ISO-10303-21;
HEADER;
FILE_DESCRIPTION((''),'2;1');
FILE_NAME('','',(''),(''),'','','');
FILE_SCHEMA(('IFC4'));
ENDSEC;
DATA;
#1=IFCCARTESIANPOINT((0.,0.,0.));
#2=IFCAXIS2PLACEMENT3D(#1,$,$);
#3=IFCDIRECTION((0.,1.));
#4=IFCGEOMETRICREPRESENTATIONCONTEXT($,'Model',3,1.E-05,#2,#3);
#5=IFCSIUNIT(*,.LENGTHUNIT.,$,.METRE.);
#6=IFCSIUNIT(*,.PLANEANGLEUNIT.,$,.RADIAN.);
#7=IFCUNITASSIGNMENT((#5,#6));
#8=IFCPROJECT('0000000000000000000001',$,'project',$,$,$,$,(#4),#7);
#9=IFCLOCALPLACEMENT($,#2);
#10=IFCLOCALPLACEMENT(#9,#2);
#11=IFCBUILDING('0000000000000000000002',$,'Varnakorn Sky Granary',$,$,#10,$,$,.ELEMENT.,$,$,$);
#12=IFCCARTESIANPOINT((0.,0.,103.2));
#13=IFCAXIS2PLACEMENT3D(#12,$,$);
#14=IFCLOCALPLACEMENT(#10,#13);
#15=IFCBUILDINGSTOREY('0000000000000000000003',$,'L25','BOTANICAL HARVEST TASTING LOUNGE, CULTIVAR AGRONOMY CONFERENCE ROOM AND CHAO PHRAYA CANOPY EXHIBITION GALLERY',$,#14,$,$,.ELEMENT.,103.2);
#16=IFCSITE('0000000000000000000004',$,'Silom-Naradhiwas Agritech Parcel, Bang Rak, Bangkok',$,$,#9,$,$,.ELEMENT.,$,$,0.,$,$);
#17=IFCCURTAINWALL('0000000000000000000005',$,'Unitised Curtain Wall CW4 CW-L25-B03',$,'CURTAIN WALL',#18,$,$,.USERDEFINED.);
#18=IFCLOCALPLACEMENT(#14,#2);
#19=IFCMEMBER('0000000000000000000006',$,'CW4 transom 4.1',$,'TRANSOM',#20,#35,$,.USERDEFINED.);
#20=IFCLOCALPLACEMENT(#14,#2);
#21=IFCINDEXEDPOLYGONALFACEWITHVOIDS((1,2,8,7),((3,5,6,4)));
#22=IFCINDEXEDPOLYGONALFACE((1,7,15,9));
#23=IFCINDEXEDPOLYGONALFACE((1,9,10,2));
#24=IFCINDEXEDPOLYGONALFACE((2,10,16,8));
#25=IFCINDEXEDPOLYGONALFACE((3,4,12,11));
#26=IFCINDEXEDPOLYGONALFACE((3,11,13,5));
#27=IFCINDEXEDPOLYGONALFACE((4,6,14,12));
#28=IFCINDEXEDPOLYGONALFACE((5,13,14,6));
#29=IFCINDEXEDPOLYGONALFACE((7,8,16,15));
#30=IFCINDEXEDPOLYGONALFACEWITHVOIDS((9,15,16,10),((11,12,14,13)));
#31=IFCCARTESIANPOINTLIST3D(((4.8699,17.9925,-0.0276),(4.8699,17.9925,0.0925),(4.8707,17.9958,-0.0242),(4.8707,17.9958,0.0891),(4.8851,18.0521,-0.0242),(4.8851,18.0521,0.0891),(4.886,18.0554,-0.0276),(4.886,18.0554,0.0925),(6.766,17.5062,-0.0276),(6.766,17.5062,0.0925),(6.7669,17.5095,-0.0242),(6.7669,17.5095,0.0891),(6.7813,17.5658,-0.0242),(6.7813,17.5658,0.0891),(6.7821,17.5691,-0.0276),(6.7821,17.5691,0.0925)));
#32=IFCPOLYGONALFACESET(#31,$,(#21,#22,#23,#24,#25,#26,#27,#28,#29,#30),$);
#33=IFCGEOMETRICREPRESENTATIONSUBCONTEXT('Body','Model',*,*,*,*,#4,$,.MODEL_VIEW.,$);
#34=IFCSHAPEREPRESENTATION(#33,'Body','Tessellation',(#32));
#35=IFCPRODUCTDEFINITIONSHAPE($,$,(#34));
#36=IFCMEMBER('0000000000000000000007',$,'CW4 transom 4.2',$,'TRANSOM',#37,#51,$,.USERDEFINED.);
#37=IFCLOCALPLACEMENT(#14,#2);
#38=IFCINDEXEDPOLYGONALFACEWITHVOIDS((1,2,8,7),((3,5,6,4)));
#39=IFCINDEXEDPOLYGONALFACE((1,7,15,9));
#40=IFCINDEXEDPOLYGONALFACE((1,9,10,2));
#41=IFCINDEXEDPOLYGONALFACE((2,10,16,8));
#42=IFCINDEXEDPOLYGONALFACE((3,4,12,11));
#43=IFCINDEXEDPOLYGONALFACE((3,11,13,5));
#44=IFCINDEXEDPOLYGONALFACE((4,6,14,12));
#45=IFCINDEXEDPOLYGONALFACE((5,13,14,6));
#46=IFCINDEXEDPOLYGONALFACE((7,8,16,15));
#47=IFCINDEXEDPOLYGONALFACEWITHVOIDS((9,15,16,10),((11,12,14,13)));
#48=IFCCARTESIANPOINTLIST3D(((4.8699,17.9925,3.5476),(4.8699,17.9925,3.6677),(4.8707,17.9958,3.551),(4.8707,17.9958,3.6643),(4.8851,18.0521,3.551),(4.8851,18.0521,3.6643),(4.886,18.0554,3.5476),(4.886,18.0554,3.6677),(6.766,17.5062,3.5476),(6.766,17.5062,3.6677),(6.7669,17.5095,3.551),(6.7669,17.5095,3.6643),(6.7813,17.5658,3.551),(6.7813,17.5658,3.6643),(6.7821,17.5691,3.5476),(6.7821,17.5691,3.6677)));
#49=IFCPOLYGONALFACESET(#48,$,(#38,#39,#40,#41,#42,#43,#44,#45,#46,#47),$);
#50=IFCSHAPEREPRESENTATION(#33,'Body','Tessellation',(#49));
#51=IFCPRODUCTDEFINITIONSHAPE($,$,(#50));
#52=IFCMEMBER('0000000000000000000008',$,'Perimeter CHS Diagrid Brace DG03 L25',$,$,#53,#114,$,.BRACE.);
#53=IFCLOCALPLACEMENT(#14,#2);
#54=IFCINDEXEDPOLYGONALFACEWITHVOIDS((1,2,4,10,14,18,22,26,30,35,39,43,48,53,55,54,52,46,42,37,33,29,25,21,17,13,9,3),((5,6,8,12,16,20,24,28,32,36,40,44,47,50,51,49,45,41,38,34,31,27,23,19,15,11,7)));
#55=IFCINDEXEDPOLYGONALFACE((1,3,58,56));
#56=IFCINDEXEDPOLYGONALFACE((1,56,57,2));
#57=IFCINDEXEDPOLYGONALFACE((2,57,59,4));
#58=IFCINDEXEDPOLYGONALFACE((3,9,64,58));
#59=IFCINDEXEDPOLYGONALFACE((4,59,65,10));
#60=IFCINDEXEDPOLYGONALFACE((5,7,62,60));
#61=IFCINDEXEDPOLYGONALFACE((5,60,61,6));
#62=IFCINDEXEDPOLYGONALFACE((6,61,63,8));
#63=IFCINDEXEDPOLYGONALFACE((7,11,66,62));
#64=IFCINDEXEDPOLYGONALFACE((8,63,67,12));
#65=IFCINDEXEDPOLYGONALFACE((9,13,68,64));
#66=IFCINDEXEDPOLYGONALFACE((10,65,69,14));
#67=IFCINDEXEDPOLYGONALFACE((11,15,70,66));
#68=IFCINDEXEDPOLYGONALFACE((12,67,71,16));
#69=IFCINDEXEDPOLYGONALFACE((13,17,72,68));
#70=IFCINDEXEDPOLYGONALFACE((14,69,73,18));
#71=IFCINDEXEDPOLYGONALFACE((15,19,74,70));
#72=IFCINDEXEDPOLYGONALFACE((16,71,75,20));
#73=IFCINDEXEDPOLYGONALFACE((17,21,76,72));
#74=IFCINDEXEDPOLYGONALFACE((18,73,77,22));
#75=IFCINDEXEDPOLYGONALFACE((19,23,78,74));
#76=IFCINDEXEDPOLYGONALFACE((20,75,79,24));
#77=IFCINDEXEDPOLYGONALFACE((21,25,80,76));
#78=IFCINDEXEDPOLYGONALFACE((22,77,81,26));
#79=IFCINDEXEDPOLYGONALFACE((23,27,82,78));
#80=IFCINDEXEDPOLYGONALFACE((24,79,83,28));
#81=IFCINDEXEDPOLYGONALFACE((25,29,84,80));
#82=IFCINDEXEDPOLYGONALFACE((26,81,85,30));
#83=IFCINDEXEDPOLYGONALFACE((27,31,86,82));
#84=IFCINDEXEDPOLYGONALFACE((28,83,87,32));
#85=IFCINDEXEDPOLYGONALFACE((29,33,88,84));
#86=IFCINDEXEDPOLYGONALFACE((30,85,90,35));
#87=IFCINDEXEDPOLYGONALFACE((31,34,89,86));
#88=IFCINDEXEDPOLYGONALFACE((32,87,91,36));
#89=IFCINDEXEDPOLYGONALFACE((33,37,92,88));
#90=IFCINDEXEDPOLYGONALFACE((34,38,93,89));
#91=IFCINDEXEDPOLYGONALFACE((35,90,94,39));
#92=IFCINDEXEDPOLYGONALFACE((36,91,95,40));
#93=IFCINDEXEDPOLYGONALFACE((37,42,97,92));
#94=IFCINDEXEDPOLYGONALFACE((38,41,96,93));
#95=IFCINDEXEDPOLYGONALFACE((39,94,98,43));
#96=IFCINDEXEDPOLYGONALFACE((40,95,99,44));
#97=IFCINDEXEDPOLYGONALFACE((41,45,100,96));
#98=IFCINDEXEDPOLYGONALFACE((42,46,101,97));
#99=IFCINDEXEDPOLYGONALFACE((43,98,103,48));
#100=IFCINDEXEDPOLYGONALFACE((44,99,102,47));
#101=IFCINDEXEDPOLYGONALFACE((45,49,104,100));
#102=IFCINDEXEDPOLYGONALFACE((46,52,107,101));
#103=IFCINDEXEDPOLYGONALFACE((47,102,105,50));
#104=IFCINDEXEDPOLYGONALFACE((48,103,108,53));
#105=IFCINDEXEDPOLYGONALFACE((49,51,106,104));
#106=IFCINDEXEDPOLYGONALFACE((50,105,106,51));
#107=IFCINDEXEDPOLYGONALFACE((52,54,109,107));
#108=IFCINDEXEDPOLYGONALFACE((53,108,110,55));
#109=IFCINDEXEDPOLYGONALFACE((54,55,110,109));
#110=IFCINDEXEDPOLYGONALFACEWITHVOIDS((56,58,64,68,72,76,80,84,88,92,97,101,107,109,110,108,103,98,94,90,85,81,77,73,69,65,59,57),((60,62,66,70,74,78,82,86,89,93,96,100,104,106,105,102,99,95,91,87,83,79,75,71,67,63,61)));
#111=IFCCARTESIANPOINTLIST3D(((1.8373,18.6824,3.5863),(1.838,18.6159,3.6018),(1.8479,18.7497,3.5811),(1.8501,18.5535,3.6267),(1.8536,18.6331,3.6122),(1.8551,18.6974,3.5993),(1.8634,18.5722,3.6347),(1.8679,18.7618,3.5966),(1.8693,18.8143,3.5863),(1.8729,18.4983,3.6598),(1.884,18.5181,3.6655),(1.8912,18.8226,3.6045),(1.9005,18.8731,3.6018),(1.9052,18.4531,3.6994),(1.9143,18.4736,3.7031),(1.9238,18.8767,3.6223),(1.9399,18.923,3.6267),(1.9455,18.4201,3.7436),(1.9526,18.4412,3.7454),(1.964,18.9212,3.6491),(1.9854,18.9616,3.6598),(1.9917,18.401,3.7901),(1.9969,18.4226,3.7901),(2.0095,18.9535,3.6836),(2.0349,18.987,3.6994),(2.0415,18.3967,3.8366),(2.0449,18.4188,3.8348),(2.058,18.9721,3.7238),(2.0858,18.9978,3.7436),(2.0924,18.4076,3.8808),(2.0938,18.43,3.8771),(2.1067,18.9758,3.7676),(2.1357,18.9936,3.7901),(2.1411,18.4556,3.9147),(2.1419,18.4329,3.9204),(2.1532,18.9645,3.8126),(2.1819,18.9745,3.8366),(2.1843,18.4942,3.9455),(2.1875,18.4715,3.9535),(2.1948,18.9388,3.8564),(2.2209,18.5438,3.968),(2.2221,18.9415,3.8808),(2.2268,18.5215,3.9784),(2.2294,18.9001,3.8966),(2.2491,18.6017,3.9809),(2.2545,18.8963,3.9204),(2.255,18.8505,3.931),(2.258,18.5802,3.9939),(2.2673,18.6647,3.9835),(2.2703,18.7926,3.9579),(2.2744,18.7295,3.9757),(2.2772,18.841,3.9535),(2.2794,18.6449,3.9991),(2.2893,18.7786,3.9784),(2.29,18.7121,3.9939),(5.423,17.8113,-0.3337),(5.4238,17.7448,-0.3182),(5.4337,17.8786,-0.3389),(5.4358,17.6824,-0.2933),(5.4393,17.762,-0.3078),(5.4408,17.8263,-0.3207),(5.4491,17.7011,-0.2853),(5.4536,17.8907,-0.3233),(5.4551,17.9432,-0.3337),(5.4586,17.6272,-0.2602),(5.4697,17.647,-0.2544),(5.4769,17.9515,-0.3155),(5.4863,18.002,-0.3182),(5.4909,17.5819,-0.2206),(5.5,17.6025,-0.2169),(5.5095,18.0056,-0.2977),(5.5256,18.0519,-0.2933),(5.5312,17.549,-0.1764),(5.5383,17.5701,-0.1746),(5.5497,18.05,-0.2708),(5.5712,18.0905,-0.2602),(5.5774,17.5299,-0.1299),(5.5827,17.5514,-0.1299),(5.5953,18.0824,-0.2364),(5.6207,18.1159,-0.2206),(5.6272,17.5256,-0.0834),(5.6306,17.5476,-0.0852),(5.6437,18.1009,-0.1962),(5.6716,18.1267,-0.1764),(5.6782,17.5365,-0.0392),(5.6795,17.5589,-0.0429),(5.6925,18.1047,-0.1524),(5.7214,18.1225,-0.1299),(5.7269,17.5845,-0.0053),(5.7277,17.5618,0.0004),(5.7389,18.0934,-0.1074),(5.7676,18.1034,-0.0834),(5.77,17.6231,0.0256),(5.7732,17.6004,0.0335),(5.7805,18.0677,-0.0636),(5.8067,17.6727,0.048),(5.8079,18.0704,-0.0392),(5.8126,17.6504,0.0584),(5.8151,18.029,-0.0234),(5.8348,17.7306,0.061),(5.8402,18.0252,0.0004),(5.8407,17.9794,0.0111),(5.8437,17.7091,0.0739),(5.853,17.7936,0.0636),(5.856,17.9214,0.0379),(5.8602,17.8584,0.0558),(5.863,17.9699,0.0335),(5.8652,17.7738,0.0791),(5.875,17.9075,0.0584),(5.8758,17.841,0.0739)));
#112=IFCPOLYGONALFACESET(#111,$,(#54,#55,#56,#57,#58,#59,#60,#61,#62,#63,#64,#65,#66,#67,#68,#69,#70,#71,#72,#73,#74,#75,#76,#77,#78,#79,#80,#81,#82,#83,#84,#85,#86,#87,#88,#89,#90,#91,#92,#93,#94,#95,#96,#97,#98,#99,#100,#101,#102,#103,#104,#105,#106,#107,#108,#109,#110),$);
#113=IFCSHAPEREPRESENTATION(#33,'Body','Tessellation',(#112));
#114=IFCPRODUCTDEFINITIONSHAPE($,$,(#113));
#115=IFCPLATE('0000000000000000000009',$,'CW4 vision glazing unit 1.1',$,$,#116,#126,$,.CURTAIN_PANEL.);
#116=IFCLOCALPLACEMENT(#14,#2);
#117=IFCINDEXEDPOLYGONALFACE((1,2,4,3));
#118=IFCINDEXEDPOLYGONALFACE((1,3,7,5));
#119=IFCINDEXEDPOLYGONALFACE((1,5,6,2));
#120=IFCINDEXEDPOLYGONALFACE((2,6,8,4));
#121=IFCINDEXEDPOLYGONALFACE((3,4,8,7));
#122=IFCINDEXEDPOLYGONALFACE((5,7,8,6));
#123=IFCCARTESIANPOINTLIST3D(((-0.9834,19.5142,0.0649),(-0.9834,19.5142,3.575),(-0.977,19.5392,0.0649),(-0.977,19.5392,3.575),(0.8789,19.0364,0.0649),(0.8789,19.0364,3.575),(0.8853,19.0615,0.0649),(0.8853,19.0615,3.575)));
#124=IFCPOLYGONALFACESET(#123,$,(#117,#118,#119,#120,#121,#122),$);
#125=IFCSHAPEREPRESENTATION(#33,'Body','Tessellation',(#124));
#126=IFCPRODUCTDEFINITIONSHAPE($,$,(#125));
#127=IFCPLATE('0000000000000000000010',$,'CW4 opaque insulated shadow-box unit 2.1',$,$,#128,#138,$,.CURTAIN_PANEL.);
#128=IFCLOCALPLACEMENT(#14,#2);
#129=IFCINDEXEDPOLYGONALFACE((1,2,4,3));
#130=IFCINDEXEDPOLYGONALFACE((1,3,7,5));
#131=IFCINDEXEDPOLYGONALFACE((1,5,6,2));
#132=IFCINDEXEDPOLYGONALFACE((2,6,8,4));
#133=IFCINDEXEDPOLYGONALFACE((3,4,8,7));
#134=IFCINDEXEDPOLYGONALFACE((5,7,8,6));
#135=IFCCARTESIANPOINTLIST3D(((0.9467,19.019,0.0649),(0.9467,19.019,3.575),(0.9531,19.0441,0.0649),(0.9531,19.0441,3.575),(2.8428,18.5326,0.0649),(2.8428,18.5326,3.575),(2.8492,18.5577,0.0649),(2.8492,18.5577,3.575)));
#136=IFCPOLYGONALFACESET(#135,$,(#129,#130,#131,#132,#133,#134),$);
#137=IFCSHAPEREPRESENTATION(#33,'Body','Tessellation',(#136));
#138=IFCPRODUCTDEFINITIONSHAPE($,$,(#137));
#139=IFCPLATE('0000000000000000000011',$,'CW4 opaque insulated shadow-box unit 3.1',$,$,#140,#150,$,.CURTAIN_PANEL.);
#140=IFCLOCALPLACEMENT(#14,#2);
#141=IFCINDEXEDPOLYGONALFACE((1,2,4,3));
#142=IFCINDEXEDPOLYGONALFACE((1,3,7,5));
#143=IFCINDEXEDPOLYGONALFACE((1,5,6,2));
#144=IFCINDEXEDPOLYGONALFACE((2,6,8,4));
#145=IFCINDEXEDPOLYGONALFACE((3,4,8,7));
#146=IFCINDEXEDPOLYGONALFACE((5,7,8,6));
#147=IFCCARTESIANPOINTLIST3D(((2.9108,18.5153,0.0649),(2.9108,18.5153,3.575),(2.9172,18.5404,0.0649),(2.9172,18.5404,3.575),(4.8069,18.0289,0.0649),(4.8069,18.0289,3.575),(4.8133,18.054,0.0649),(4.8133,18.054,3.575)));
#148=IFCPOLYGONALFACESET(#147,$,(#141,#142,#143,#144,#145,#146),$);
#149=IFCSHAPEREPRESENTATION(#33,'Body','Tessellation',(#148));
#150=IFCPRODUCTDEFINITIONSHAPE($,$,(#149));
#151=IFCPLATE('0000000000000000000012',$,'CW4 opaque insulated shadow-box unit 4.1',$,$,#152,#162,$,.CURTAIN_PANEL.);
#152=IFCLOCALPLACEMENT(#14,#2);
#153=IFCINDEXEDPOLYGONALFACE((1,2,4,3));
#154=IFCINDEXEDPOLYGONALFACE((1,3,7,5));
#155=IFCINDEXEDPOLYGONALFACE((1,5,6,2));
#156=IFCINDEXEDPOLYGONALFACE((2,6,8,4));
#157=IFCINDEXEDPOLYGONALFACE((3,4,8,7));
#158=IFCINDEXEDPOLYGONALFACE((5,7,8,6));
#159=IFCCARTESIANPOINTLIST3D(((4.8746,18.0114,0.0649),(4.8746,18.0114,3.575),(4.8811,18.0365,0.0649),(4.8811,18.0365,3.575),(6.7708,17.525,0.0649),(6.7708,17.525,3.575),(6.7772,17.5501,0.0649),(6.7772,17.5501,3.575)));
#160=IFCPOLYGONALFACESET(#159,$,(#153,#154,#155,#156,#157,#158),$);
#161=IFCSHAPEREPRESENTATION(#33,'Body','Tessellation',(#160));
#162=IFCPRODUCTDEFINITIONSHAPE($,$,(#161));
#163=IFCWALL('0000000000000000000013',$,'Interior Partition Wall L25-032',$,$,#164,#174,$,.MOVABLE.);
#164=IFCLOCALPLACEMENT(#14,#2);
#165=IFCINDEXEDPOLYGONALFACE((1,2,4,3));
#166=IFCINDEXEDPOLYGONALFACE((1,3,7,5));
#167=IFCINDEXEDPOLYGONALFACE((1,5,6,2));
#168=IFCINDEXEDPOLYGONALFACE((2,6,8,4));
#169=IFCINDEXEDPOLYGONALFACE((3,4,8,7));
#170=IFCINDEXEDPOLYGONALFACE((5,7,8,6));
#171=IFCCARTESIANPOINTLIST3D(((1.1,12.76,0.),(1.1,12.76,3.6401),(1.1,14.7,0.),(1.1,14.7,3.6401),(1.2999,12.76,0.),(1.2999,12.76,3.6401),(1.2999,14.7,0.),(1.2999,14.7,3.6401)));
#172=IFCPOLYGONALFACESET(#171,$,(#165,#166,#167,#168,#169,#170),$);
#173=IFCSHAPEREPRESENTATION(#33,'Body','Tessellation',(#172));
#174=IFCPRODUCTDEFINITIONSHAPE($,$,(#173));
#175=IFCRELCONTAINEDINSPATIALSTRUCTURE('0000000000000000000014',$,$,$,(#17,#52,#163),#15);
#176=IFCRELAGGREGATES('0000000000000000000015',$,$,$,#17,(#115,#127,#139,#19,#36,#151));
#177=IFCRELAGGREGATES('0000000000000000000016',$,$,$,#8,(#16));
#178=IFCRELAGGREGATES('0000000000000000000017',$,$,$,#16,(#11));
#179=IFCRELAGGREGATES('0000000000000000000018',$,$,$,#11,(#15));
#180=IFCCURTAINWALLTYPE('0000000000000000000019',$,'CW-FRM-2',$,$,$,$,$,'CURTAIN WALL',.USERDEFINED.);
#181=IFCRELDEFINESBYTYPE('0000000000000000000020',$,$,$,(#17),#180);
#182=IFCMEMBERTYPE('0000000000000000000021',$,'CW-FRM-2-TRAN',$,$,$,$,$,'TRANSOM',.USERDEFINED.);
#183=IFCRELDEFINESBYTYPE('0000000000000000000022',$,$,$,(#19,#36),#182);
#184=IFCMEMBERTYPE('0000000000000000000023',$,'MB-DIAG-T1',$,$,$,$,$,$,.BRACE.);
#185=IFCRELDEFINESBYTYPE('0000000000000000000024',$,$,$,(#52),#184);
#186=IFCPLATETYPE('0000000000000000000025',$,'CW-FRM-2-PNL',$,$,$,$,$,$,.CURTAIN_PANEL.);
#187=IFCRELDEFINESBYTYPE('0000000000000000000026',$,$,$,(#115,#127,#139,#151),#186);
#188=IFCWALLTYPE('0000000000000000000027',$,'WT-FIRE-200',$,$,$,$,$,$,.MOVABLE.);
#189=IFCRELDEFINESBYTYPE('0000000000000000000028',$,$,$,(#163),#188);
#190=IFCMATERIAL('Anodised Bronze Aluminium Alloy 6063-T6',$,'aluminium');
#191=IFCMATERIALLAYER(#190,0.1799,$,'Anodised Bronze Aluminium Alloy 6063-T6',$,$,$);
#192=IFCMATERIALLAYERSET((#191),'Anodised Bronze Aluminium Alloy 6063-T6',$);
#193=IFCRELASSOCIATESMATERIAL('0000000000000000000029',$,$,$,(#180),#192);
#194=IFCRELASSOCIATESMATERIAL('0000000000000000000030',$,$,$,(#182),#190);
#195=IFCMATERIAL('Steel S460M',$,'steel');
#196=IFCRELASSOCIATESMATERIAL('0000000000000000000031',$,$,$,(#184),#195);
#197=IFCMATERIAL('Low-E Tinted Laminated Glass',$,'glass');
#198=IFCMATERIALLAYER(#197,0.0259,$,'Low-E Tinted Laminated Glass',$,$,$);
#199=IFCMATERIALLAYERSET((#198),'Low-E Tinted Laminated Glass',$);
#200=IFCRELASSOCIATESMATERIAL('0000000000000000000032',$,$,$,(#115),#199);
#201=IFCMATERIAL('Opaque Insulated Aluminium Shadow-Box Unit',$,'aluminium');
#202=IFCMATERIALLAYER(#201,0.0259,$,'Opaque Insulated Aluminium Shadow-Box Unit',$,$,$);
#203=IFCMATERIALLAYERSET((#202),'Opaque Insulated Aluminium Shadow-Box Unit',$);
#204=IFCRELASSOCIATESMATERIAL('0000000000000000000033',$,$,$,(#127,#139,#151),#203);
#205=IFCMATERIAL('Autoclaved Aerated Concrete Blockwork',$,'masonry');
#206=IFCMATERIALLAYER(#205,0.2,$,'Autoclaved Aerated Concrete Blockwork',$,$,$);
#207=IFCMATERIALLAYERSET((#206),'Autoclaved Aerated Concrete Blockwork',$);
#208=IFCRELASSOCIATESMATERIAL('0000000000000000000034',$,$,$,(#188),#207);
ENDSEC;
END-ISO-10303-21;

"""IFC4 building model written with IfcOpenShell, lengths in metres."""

from ifc_helpers import new_model, si_unit, direction, frame, frame_2d, origin, origin_2d, place, context, subcontext, project, spatial, rectangle, hollow_rectangle, hollow_circle, extrude, source, transform, mapped, material, layer, layer_set, material_profile, profile_set, type_object, type_shapes, element, aggregate, save


model = new_model("IFC4")

# Units and contexts
model_context = context("Model", 3, precision=1e-05, world=origin(), true_north=direction((0.0, 1.0)))
body_context = subcontext(model_context, "Body", "Model", "MODEL_VIEW")
ifc_project = project(units=[si_unit("LENGTHUNIT", "METRE"), si_unit("PLANEANGLEUNIT", "RADIAN")], contexts=[model_context])

# Site, building, storey
site_placement = place(None, origin())
site = spatial("IfcSite", under=ifc_project, at=site_placement, Name="Silom-Naradhiwas Agritech Parcel, Bang Rak, Bangkok", CompositionType="ELEMENT", RefElevation=0.0)
building_placement = place(site_placement, origin())
building = spatial("IfcBuilding", under=site, at=building_placement, Name="Varnakorn Sky Granary", CompositionType="ELEMENT")
storey_placement = place(building_placement, frame((0.0, 0.0, 103.2)))
storey = spatial("IfcBuildingStorey", under=building, at=storey_placement, Name="L25", Description="BOTANICAL HARVEST TASTING LOUNGE, CULTIVAR AGRONOMY CONFERENCE ROOM AND CHAO PHRAYA CANOPY EXHIBITION GALLERY", CompositionType="ELEMENT", Elevation=103.2)

# Curtain wall, members
ifc_material_1 = material(Name="Anodised Bronze Aluminium Alloy 6063-T6", Category="aluminium")
ifc_layer_1 = layer(ifc_material_1, 0.1799, Name="Anodised Bronze Aluminium Alloy 6063-T6")
ifc_layer_set_1 = layer_set([ifc_layer_1], Name="Anodised Bronze Aluminium Alloy 6063-T6")
curtain_wall_type = type_object("IfcCurtainWallType", Name="CW-FRM-2", ElementType="CURTAIN WALL", PredefinedType="USERDEFINED", material=ifc_layer_set_1)
curtain_wall_placement = place(storey_placement, origin())
curtain_wall = element("IfcCurtainWall", 1, at=curtain_wall_placement, inside=storey, type_object=curtain_wall_type, Name="Unitised Curtain Wall CW4 CW-L25-B03", ObjectType="CURTAIN WALL", PredefinedType="USERDEFINED")
ifc_material_profile_1 = material_profile(ifc_material_1, hollow_rectangle(XDim=0.0649, YDim=0.1201, WallThickness=0.0034, at=origin_2d()), Name="ALU TRAN 65x120")
ifc_profile_set_1 = profile_set([ifc_material_profile_1], Name="Anodised Bronze Aluminium Alloy 6063-T6")
member_type_1 = type_object("IfcMemberType", Name="CW-FRM-2-TRAN", ElementType="TRANSOM", PredefinedType="USERDEFINED", material=ifc_profile_set_1)
member_1_placement = place(storey_placement, frame((4.8779, 18.0239, 0.0325), z_axis=(0.96865, -0.248429, 0.0), x_axis=(0.248429, 0.96865, 0.0)))
member_1 = element("IfcMember", 2, at=member_1_placement, type_object=member_type_1, Name="CW4 transom 4.1", ObjectType="TRANSOM", PredefinedType="USERDEFINED", context=body_context, shape_type="SweptSolid", body=[
    extrude(hollow_rectangle(XDim=0.0649, YDim=0.1201, WallThickness=0.0034, at=origin_2d()), origin(), (0.0, 0.0, 1.0), 1.9575),
])
member_2_placement = place(storey_placement, frame((4.8779, 18.0239, 3.6077), z_axis=(0.96865, -0.248429, 0.0), x_axis=(0.248429, 0.96865, 0.0)))
member_2 = element("IfcMember", 3, at=member_2_placement, type_object=member_type_1, Name="CW4 transom 4.2", ObjectType="TRANSOM", PredefinedType="USERDEFINED", context=body_context, shape_type="SweptSolid", body=[
    extrude(hollow_rectangle(XDim=0.0649, YDim=0.1201, WallThickness=0.0034, at=origin_2d()), origin(), (0.0, 0.0, 1.0), 1.9575),
])

# Member
ifc_material_2 = material(Name="Steel S460M", Category="steel")
ifc_material_profile_2 = material_profile(ifc_material_2, hollow_circle(Radius=0.3049, WallThickness=0.0222, at=origin_2d()), Name="CHS 610x22")
ifc_profile_set_2 = profile_set([ifc_material_profile_2], Name="Steel S460M")
member_type_2 = type_object("IfcMemberType", Name="MB-DIAG-T1", PredefinedType="BRACE", material=ifc_profile_set_2)
member_3_placement = place(storey_placement, frame((5.6494, 17.8262, -0.1299), z_axis=(-0.666056, 0.161809, 0.72814), x_axis=(-0.23607, -0.971736, 0.0)))
element("IfcMember", 4, at=member_3_placement, inside=storey, type_object=member_type_2, Name="Perimeter CHS Diagrid Brace DG03 L25", PredefinedType="BRACE", context=body_context, shape_type="SweptSolid", body=[
    extrude(hollow_circle(Radius=0.3049, WallThickness=0.0222, at=origin_2d()), origin(), (0.0, 0.0, 1.0), 5.3835),
])

# Plates
ifc_material_3 = material(Name="Low-E Tinted Laminated Glass", Category="glass")
ifc_layer_2 = layer(ifc_material_3, 0.0259, Name="Low-E Tinted Laminated Glass")
ifc_layer_set_2 = layer_set([ifc_layer_2], Name="Low-E Tinted Laminated Glass")
plate_type = type_object("IfcPlateType", Name="CW-FRM-2-PNL", PredefinedType="CURTAIN_PANEL")
shared_shape_1 = source(origin(), body_context, "Body", "SweptSolid", [
    extrude(rectangle(XDim=1.9226, YDim=0.0259, at=origin_2d()), origin(), (0.0, 0.0, 1.0), 3.51),
])
plate_1_placement = place(storey_placement, frame((-0.0491, 19.2878, 0.0649), z_axis=(0.0, 0.0, 1.0), x_axis=(0.968638, -0.248477, 0.0)))
plate_1 = element("IfcPlate", 5, at=plate_1_placement, type_object=plate_type, material=ifc_layer_set_2, Name="CW4 vision glazing unit 1.1", PredefinedType="CURTAIN_PANEL", context=body_context, shape_type="MappedRepresentation", body=[
    mapped(shared_shape_1, transform((0.0, 0.0, 0.0), x_axis=(1.0, 0.0, 0.0), y_axis=(0.0, 1.0, 0.0), z_axis=(0.0, 0.0, 1.0), scale=1.0)),
])
ifc_material_4 = material(Name="Opaque Insulated Aluminium Shadow-Box Unit", Category="aluminium")
ifc_layer_3 = layer(ifc_material_4, 0.0259, Name="Opaque Insulated Aluminium Shadow-Box Unit")
ifc_layer_set_3 = layer_set([ifc_layer_3], Name="Opaque Insulated Aluminium Shadow-Box Unit")
shared_shape_2 = source(origin(), body_context, "Body", "SweptSolid", [
    extrude(rectangle(XDim=1.9575, YDim=0.0259, at=origin_2d()), origin(), (0.0, 0.0, 1.0), 3.51),
])
type_shapes(plate_type, [shared_shape_1, shared_shape_2])
plate_2_placement = place(storey_placement, frame((1.8979, 18.7883, 0.0649), z_axis=(0.0, 0.0, 1.0), x_axis=(0.968638, -0.248477, 0.0)))
plate_2 = element("IfcPlate", 6, at=plate_2_placement, type_object=plate_type, material=ifc_layer_set_3, Name="CW4 opaque insulated shadow-box unit 2.1", PredefinedType="CURTAIN_PANEL", context=body_context, shape_type="MappedRepresentation", body=[
    mapped(shared_shape_2, transform((0.0, 0.0, 0.0), x_axis=(1.0, 0.0, 0.0), y_axis=(0.0, 1.0, 0.0), z_axis=(0.0, 0.0, 1.0), scale=1.0)),
])
plate_3_placement = place(storey_placement, frame((3.8621, 18.2847, 0.0649), z_axis=(0.0, 0.0, 1.0), x_axis=(0.968638, -0.248477, 0.0)))
plate_3 = element("IfcPlate", 7, at=plate_3_placement, type_object=plate_type, material=ifc_layer_set_3, Name="CW4 opaque insulated shadow-box unit 3.1", PredefinedType="CURTAIN_PANEL", context=body_context, shape_type="MappedRepresentation", body=[
    mapped(shared_shape_2, transform((0.0, 0.0, 0.0), x_axis=(1.0, 0.0, 0.0), y_axis=(0.0, 1.0, 0.0), z_axis=(0.0, 0.0, 1.0), scale=1.0)),
])
plate_4_placement = place(storey_placement, frame((5.8259, 17.7808, 0.0649), z_axis=(0.0, 0.0, 1.0), x_axis=(0.968638, -0.248477, 0.0)))
plate_4 = element("IfcPlate", 8, at=plate_4_placement, type_object=plate_type, material=ifc_layer_set_3, Name="CW4 opaque insulated shadow-box unit 4.1", PredefinedType="CURTAIN_PANEL", context=body_context, shape_type="MappedRepresentation", body=[
    mapped(shared_shape_2, transform((0.0, 0.0, 0.0), x_axis=(1.0, 0.0, 0.0), y_axis=(0.0, 1.0, 0.0), z_axis=(0.0, 0.0, 1.0), scale=1.0)),
])
aggregate(curtain_wall, [plate_1, plate_2, plate_3, member_1, member_2, plate_4])

# Wall
ifc_material_5 = material(Name="Autoclaved Aerated Concrete Blockwork", Category="masonry")
ifc_layer_4 = layer(ifc_material_5, 0.2, Name="Autoclaved Aerated Concrete Blockwork")
ifc_layer_set_4 = layer_set([ifc_layer_4], Name="Autoclaved Aerated Concrete Blockwork")
wall_type_1 = type_object("IfcWallType", Name="WT-FIRE-200", PredefinedType="MOVABLE", material=ifc_layer_set_4)
wall_1_placement = place(storey_placement, frame((1.2, 14.7, 0.0), z_axis=(0.0, 0.0, 1.0), x_axis=(0.0, -1.0, 0.0)))
element("IfcWall", 9, at=wall_1_placement, inside=storey, type_object=wall_type_1, Name="Interior Partition Wall L25-032", PredefinedType="MOVABLE", context=body_context, shape_type="SweptSolid", body=[
    extrude(rectangle(XDim=1.9399, YDim=0.2, at=frame_2d((0.97, 0.0))), origin(), (0.0, 0.0, 1.0), 3.6401),
])

save(model, "model.ifc")
